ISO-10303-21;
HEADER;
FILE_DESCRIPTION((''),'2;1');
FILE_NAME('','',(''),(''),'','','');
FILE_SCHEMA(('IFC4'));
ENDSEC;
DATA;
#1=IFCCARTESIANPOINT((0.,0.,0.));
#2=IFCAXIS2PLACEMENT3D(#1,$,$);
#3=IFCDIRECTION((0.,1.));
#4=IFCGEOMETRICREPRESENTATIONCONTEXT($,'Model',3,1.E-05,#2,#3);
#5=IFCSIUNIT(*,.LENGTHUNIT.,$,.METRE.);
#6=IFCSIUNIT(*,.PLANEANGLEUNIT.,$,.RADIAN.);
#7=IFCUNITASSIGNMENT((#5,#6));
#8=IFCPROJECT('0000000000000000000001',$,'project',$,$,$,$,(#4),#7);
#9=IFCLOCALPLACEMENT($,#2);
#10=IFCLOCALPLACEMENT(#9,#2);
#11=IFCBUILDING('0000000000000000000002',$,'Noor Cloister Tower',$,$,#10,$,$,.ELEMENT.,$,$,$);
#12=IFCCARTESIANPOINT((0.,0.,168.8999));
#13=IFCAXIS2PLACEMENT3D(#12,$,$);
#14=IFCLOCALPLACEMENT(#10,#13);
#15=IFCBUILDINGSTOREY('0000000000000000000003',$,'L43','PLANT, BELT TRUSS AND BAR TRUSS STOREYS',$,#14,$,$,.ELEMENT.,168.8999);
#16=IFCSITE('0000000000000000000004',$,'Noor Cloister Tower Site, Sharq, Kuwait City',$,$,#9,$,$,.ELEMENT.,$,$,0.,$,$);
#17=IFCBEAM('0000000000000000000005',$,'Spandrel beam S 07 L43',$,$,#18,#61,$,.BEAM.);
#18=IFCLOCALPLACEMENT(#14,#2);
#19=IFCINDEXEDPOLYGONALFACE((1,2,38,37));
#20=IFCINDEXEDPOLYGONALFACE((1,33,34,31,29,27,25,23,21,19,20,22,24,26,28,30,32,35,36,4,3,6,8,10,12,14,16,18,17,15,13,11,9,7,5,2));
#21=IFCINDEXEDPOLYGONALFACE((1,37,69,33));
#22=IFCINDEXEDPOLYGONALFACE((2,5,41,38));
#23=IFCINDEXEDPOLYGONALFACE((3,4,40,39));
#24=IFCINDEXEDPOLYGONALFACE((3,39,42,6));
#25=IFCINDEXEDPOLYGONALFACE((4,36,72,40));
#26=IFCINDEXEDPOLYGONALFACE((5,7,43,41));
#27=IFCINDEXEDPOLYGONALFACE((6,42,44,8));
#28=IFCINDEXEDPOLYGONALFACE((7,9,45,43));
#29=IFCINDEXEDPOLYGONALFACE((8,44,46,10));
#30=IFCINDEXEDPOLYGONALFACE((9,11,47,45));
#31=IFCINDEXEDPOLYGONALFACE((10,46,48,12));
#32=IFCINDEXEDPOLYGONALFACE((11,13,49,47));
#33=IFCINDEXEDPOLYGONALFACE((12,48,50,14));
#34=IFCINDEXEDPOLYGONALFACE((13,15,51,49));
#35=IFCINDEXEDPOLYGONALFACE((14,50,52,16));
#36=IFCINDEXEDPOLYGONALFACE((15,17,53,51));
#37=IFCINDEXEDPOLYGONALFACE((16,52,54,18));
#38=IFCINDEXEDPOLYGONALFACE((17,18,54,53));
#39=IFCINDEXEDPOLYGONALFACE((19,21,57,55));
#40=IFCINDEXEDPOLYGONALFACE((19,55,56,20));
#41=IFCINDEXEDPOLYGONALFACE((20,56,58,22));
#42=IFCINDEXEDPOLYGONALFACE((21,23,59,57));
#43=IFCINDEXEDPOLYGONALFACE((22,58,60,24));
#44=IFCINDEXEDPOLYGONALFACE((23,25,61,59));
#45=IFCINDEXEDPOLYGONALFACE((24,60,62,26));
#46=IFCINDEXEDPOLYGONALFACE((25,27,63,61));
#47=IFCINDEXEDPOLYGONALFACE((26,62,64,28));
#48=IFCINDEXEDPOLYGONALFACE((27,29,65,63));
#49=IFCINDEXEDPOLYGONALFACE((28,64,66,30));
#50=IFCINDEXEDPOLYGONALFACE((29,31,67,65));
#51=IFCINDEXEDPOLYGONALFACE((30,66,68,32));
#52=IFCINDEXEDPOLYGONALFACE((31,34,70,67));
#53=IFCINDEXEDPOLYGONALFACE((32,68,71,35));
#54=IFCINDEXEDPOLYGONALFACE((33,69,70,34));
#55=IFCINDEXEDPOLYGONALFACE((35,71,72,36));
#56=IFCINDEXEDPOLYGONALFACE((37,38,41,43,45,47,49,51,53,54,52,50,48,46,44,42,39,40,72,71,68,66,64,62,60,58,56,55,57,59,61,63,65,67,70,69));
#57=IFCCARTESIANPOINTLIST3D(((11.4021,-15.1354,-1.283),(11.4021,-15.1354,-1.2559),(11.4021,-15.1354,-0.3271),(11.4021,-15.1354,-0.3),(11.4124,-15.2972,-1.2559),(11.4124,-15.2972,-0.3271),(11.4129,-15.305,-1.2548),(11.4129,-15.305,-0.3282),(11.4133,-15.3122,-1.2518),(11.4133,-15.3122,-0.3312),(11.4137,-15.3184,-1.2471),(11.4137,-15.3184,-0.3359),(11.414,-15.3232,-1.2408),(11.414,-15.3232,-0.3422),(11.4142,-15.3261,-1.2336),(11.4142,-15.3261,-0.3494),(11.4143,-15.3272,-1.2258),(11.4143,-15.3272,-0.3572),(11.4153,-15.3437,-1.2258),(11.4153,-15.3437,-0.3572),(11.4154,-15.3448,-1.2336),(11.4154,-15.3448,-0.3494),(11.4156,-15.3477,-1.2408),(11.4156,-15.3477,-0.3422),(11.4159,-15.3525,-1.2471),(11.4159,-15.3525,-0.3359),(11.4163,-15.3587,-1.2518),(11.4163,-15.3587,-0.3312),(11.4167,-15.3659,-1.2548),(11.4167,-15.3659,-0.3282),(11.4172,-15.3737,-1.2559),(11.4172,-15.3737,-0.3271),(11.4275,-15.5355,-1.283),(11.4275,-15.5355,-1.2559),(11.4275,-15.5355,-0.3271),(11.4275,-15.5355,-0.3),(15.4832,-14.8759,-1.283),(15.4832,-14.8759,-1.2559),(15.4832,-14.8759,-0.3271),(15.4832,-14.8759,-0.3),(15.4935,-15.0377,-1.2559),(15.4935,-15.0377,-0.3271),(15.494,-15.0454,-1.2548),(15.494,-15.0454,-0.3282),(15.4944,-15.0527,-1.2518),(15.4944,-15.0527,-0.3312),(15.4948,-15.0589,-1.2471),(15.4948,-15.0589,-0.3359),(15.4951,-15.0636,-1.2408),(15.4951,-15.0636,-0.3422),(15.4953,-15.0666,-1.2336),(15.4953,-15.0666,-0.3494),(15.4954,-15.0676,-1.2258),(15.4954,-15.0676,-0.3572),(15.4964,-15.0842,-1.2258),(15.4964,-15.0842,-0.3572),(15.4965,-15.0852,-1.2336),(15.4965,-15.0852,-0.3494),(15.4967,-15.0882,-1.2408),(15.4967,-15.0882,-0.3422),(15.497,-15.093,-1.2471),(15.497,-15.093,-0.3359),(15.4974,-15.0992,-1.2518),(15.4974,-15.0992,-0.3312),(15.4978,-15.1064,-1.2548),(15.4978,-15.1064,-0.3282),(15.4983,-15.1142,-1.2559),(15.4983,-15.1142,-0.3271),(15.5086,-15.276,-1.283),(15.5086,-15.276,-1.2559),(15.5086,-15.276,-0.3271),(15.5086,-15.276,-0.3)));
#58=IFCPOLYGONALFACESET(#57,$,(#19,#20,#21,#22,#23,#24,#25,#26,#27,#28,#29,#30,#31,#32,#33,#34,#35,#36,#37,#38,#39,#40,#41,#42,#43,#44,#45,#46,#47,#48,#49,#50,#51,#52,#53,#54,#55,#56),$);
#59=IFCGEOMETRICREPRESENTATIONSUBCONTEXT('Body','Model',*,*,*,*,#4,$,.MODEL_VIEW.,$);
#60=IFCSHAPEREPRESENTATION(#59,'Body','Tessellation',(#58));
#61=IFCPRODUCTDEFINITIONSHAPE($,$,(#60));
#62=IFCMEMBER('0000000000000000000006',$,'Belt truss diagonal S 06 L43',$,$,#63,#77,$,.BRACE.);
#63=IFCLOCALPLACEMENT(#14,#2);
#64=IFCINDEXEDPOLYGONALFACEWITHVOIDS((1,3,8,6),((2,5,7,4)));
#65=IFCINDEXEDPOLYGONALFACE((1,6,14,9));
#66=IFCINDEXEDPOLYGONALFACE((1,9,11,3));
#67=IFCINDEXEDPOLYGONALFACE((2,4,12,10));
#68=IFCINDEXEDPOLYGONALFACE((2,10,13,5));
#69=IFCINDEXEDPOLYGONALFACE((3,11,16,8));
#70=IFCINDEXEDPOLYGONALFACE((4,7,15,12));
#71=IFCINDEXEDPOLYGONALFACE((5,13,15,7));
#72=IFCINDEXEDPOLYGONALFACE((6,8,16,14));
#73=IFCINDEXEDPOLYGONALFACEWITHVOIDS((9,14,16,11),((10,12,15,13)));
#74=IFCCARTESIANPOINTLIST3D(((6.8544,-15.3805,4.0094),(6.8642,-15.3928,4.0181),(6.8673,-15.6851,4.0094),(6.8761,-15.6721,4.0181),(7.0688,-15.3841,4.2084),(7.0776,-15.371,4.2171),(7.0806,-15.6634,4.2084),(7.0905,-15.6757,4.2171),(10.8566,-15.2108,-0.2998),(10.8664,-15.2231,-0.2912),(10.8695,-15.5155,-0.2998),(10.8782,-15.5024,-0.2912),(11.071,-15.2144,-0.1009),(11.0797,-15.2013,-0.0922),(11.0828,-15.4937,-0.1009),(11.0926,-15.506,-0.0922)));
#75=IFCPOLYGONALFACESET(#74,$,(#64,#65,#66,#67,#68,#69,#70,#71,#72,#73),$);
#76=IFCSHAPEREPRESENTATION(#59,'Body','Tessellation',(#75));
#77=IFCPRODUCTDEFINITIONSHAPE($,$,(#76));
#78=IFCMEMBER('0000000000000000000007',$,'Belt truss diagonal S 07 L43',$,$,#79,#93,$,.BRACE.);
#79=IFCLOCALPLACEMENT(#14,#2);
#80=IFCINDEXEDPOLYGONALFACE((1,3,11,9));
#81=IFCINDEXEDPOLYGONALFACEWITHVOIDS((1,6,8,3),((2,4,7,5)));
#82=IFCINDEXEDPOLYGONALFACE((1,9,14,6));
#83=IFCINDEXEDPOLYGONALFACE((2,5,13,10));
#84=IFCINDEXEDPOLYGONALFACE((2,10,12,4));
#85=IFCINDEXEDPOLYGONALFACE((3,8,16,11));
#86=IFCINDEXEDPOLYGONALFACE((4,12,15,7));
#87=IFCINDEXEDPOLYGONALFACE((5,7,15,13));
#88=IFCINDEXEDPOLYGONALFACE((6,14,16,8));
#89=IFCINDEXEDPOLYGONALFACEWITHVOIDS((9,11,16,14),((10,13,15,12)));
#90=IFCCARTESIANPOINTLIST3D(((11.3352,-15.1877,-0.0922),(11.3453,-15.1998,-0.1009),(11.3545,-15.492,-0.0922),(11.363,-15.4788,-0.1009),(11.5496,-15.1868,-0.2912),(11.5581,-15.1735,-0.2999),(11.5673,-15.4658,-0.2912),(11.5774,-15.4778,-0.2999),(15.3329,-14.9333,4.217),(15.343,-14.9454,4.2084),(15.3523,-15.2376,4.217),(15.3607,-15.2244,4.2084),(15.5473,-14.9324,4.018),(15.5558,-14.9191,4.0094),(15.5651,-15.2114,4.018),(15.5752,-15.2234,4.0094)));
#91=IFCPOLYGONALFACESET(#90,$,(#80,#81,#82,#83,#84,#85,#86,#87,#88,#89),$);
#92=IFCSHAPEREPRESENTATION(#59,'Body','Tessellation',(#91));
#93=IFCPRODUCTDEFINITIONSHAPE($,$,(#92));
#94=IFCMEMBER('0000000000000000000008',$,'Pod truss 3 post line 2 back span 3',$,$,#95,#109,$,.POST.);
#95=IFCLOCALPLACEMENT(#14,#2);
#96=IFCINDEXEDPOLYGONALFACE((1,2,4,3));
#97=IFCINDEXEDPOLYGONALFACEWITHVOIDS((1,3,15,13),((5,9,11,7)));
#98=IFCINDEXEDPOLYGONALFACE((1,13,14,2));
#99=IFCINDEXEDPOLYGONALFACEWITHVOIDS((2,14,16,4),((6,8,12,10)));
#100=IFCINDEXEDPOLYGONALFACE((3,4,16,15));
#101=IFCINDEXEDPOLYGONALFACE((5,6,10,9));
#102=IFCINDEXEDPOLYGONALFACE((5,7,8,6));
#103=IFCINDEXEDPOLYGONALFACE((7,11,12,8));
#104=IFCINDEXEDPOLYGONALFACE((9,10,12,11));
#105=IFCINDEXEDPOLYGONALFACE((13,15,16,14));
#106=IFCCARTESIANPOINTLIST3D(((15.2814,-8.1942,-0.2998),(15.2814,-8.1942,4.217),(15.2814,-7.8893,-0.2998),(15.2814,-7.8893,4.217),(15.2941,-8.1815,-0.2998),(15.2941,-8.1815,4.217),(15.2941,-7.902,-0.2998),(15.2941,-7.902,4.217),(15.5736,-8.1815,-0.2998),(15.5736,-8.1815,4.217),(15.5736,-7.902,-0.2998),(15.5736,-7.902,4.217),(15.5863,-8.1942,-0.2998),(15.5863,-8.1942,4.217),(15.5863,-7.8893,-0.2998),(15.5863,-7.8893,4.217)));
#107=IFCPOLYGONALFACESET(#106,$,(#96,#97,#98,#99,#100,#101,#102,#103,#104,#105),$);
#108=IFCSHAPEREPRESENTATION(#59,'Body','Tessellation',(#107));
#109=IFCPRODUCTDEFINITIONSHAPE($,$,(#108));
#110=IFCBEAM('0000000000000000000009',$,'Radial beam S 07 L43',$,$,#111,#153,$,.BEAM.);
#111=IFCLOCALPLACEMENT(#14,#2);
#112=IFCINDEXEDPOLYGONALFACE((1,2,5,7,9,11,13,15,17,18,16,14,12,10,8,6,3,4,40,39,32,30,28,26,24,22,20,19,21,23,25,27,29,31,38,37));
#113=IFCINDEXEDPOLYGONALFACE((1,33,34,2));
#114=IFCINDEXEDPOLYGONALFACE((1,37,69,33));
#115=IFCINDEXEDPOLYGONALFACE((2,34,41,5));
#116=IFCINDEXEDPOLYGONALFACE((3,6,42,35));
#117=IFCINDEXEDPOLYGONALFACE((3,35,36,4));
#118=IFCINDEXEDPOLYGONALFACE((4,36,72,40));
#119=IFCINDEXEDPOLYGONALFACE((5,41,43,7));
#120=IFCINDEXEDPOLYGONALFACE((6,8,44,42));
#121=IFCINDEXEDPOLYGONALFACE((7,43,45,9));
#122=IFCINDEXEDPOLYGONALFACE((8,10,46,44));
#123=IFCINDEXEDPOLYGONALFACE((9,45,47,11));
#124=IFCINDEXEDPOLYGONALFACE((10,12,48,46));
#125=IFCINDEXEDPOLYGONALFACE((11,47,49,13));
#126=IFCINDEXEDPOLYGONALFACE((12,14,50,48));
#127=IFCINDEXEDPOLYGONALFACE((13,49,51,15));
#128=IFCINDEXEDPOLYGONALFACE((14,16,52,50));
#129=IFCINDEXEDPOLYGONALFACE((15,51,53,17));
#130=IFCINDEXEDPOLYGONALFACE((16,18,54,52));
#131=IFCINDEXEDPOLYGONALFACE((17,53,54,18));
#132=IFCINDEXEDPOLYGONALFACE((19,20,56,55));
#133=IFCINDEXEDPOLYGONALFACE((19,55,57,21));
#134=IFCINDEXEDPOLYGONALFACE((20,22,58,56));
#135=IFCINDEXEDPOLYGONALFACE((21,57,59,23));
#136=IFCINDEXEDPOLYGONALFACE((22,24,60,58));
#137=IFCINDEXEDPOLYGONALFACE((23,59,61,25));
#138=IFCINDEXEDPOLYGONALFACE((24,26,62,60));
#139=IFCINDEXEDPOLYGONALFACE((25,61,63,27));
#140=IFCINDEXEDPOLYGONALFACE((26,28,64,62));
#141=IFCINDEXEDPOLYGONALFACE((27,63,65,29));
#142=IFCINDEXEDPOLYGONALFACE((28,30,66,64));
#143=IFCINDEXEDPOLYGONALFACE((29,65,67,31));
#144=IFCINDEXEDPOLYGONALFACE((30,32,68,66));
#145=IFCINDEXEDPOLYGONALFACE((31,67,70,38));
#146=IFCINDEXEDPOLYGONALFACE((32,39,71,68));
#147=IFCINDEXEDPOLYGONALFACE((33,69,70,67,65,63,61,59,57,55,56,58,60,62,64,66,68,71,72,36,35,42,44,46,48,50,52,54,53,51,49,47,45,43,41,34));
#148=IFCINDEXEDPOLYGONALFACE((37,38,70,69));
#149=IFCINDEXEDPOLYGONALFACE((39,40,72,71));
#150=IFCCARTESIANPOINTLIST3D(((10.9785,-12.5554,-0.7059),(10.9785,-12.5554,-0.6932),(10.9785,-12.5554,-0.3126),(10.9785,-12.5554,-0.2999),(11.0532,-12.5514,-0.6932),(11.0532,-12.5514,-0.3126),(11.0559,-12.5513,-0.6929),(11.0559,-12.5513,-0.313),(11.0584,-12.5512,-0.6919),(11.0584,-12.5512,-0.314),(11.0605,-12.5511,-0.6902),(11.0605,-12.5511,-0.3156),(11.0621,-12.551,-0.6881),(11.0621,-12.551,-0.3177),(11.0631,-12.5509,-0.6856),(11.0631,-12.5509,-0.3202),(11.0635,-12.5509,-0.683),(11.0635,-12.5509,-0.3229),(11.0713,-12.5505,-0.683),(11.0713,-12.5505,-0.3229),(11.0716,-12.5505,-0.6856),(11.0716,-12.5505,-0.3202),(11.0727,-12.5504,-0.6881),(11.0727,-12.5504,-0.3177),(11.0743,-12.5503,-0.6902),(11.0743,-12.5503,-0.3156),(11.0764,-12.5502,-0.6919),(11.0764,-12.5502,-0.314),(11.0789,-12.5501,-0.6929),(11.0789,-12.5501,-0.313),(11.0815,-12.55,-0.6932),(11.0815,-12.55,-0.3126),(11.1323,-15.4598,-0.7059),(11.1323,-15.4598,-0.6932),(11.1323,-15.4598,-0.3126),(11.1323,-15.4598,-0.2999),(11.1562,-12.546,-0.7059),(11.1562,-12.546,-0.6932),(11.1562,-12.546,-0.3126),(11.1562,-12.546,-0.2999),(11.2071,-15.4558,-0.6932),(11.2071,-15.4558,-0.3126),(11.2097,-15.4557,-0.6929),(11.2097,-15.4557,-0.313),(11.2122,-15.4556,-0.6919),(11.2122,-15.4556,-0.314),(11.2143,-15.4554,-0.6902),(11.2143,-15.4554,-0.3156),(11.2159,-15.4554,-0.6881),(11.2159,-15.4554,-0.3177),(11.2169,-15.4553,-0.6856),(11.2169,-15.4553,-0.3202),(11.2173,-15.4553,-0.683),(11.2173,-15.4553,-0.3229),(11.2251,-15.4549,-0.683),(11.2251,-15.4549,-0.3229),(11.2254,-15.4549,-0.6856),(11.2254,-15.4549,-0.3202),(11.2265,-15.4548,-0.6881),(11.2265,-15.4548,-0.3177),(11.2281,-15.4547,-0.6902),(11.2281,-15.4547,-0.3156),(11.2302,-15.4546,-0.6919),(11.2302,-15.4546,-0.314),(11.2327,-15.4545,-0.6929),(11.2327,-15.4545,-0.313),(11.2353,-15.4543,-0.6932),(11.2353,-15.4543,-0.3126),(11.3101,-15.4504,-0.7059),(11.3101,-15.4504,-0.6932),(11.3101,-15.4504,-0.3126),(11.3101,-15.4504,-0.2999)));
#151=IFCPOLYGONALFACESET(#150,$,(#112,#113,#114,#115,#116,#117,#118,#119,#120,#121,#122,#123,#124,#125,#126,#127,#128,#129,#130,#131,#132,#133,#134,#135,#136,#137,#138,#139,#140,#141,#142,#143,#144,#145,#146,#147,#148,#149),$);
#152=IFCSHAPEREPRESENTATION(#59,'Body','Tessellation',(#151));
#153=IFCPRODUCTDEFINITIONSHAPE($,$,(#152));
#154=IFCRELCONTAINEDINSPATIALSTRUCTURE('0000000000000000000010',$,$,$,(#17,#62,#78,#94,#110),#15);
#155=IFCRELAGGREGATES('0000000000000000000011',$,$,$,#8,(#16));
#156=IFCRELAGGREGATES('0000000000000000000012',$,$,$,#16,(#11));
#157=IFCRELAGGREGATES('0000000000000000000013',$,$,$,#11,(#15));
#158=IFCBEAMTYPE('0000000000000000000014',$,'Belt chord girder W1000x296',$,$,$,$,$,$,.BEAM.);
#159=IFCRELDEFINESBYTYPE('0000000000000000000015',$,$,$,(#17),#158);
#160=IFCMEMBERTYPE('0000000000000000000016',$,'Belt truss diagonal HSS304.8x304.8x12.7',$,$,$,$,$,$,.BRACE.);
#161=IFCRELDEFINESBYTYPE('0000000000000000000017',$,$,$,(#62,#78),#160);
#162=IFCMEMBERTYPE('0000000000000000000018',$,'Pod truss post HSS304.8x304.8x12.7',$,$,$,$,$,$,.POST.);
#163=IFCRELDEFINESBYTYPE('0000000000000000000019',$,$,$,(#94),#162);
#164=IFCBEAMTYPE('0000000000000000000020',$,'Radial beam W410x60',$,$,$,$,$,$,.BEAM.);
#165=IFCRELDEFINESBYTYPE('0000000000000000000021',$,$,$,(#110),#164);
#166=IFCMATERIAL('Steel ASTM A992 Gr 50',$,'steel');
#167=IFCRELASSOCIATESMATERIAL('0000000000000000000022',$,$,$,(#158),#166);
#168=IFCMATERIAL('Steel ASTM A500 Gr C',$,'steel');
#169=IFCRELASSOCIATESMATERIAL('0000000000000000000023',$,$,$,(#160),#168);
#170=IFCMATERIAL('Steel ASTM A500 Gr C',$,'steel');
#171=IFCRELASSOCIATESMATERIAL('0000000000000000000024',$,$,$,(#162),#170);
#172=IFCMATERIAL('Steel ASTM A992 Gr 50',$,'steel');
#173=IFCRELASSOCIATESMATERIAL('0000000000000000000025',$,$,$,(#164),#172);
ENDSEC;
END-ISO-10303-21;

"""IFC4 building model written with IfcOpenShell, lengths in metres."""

from ifc_helpers import new_model, si_unit, direction, frame, origin, origin_2d, place, context, subcontext, project, spatial, hollow_rectangle, i_section, extrude, material, material_profile, profile_set, type_object, element, save


model = new_model("IFC4")

# Units and contexts
model_context = context("Model", 3, precision=1e-05, world=origin(), true_north=direction((0.0, 1.0)))
body_context = subcontext(model_context, "Body", "Model", "MODEL_VIEW")
ifc_project = project(units=[si_unit("LENGTHUNIT", "METRE"), si_unit("PLANEANGLEUNIT", "RADIAN")], contexts=[model_context])

# Site, building, storey
site_placement = place(None, origin())
site = spatial("IfcSite", under=ifc_project, at=site_placement, Name="Noor Cloister Tower Site, Sharq, Kuwait City", CompositionType="ELEMENT", RefElevation=0.0)
building_placement = place(site_placement, origin())
building = spatial("IfcBuilding", under=site, at=building_placement, Name="Noor Cloister Tower", CompositionType="ELEMENT")
storey_placement = place(building_placement, frame((0.0, 0.0, 168.8999)))
storey = spatial("IfcBuildingStorey", under=building, at=storey_placement, Name="L43", Description="PLANT, BELT TRUSS AND BAR TRUSS STOREYS", CompositionType="ELEMENT", Elevation=168.8999)

# Beam
ifc_material_1 = material(Name="Steel ASTM A992 Gr 50", Category="steel")
ifc_material_profile_1 = material_profile(ifc_material_1, i_section(OverallWidth=0.4009, OverallDepth=0.9829, WebThickness=0.0166, FlangeThickness=0.0271, FilletRadius=0.03, at=origin_2d()), Name="W1000x296")
ifc_profile_set_1 = profile_set([ifc_material_profile_1], Name="Steel ASTM A992 Gr 50")
beam_type_1 = type_object("IfcBeamType", Name="Belt chord girder W1000x296", PredefinedType="BEAM", material=ifc_profile_set_1)
for number, where, z_axis, x_axis, name in (
    (1, (11.4148, -15.3354, -0.7915), (0.997984, 0.063464, 0.0), (-0.063464, 0.997984, 0.0), "Spandrel beam S 07 L43"),
):
    element("IfcBeam", number, at=place(storey_placement, frame(where, z_axis=z_axis, x_axis=x_axis)), inside=storey, type_object=beam_type_1, Name=name, PredefinedType="BEAM", context=body_context, shape_type="SweptSolid", body=[
        extrude(i_section(OverallWidth=0.4009, OverallDepth=0.9829, WebThickness=0.0166, FlangeThickness=0.0271, FilletRadius=0.03, at=origin_2d()), origin(), (0.0, 0.0, 1.0), 4.0894),
    ])

# Members
ifc_material_2 = material(Name="Steel ASTM A500 Gr C", Category="steel")
ifc_material_profile_2 = material_profile(ifc_material_2, hollow_rectangle(XDim=0.3049, YDim=0.3049, WallThickness=0.0127, at=origin_2d()), Name="HSS304.8x304.8x12.7")
ifc_profile_set_2 = profile_set([ifc_material_profile_2], Name="Steel ASTM A500 Gr C")
member_type_1 = type_object("IfcMemberType", Name="Belt truss diagonal HSS304.8x304.8x12.7", PredefinedType="BRACE", material=ifc_profile_set_2)
for number, where, z_axis, x_axis, name in (
    (2, (10.9746, -15.3584, -0.196), (-0.68023, -0.028839, 0.732431), (0.042358, -0.999102, 0.0), "Belt truss diagonal S 06 L43"),
    (3, (11.4563, -15.3328, -0.196), (0.679476, 0.043237, 0.732423), (-0.063505, 0.997982, 0.0), "Belt truss diagonal S 07 L43"),
):
    element("IfcMember", number, at=place(storey_placement, frame(where, z_axis=z_axis, x_axis=x_axis)), inside=storey, type_object=member_type_1, Name=name, PredefinedType="BRACE", context=body_context, shape_type="SweptSolid", body=[
        extrude(hollow_rectangle(XDim=0.3049, YDim=0.3049, WallThickness=0.0127, at=origin_2d()), origin(), (0.0, 0.0, 1.0), 5.8835),
    ])
ifc_material_3 = material(Name="Steel ASTM A500 Gr C", Category="steel")
ifc_material_profile_3 = material_profile(ifc_material_3, hollow_rectangle(XDim=0.3049, YDim=0.3049, WallThickness=0.0127, at=origin_2d()), Name="HSS304.8x304.8x12.7")
ifc_profile_set_3 = profile_set([ifc_material_profile_3], Name="Steel ASTM A500 Gr C")
member_type_2 = type_object("IfcMemberType", Name="Pod truss post HSS304.8x304.8x12.7", PredefinedType="POST", material=ifc_profile_set_3)
member_placement = place(storey_placement, frame((15.4338, -8.0417, -0.2998), z_axis=(0.0, 0.0, 1.0), x_axis=(1.0, 0.0, 0.0)))
element("IfcMember", 4, at=member_placement, inside=storey, type_object=member_type_2, Name="Pod truss 3 post line 2 back span 3", PredefinedType="POST", context=body_context, shape_type="SweptSolid", body=[
    extrude(hollow_rectangle(XDim=0.3049, YDim=0.3049, WallThickness=0.0127, at=origin_2d()), origin(), (0.0, 0.0, 1.0), 4.5168),
])

# Beam
ifc_material_4 = material(Name="Steel ASTM A992 Gr 50", Category="steel")
ifc_material_profile_4 = material_profile(ifc_material_4, i_section(OverallWidth=0.178, OverallDepth=0.406, WebThickness=0.0078, FlangeThickness=0.0127, FilletRadius=0.0103, at=origin_2d()), Name="W410x60")
ifc_profile_set_4 = profile_set([ifc_material_profile_4], Name="Steel ASTM A992 Gr 50")
beam_type_2 = type_object("IfcBeamType", Name="Radial beam W410x60", PredefinedType="BEAM", material=ifc_profile_set_4)
beam_1_placement = place(storey_placement, frame((11.2212, -15.4551, -0.5029), z_axis=(-0.052885, 0.998601, 0.0), x_axis=(-0.998601, -0.052885, 0.0)))
element("IfcBeam", 5, at=beam_1_placement, inside=storey, type_object=beam_type_2, Name="Radial beam S 07 L43", PredefinedType="BEAM", context=body_context, shape_type="SweptSolid", body=[
    extrude(i_section(OverallWidth=0.178, OverallDepth=0.406, WebThickness=0.0078, FlangeThickness=0.0127, FilletRadius=0.0103, at=origin_2d()), origin(), (0.0, 0.0, 1.0), 2.9084),
])

save(model, "model.ifc")
